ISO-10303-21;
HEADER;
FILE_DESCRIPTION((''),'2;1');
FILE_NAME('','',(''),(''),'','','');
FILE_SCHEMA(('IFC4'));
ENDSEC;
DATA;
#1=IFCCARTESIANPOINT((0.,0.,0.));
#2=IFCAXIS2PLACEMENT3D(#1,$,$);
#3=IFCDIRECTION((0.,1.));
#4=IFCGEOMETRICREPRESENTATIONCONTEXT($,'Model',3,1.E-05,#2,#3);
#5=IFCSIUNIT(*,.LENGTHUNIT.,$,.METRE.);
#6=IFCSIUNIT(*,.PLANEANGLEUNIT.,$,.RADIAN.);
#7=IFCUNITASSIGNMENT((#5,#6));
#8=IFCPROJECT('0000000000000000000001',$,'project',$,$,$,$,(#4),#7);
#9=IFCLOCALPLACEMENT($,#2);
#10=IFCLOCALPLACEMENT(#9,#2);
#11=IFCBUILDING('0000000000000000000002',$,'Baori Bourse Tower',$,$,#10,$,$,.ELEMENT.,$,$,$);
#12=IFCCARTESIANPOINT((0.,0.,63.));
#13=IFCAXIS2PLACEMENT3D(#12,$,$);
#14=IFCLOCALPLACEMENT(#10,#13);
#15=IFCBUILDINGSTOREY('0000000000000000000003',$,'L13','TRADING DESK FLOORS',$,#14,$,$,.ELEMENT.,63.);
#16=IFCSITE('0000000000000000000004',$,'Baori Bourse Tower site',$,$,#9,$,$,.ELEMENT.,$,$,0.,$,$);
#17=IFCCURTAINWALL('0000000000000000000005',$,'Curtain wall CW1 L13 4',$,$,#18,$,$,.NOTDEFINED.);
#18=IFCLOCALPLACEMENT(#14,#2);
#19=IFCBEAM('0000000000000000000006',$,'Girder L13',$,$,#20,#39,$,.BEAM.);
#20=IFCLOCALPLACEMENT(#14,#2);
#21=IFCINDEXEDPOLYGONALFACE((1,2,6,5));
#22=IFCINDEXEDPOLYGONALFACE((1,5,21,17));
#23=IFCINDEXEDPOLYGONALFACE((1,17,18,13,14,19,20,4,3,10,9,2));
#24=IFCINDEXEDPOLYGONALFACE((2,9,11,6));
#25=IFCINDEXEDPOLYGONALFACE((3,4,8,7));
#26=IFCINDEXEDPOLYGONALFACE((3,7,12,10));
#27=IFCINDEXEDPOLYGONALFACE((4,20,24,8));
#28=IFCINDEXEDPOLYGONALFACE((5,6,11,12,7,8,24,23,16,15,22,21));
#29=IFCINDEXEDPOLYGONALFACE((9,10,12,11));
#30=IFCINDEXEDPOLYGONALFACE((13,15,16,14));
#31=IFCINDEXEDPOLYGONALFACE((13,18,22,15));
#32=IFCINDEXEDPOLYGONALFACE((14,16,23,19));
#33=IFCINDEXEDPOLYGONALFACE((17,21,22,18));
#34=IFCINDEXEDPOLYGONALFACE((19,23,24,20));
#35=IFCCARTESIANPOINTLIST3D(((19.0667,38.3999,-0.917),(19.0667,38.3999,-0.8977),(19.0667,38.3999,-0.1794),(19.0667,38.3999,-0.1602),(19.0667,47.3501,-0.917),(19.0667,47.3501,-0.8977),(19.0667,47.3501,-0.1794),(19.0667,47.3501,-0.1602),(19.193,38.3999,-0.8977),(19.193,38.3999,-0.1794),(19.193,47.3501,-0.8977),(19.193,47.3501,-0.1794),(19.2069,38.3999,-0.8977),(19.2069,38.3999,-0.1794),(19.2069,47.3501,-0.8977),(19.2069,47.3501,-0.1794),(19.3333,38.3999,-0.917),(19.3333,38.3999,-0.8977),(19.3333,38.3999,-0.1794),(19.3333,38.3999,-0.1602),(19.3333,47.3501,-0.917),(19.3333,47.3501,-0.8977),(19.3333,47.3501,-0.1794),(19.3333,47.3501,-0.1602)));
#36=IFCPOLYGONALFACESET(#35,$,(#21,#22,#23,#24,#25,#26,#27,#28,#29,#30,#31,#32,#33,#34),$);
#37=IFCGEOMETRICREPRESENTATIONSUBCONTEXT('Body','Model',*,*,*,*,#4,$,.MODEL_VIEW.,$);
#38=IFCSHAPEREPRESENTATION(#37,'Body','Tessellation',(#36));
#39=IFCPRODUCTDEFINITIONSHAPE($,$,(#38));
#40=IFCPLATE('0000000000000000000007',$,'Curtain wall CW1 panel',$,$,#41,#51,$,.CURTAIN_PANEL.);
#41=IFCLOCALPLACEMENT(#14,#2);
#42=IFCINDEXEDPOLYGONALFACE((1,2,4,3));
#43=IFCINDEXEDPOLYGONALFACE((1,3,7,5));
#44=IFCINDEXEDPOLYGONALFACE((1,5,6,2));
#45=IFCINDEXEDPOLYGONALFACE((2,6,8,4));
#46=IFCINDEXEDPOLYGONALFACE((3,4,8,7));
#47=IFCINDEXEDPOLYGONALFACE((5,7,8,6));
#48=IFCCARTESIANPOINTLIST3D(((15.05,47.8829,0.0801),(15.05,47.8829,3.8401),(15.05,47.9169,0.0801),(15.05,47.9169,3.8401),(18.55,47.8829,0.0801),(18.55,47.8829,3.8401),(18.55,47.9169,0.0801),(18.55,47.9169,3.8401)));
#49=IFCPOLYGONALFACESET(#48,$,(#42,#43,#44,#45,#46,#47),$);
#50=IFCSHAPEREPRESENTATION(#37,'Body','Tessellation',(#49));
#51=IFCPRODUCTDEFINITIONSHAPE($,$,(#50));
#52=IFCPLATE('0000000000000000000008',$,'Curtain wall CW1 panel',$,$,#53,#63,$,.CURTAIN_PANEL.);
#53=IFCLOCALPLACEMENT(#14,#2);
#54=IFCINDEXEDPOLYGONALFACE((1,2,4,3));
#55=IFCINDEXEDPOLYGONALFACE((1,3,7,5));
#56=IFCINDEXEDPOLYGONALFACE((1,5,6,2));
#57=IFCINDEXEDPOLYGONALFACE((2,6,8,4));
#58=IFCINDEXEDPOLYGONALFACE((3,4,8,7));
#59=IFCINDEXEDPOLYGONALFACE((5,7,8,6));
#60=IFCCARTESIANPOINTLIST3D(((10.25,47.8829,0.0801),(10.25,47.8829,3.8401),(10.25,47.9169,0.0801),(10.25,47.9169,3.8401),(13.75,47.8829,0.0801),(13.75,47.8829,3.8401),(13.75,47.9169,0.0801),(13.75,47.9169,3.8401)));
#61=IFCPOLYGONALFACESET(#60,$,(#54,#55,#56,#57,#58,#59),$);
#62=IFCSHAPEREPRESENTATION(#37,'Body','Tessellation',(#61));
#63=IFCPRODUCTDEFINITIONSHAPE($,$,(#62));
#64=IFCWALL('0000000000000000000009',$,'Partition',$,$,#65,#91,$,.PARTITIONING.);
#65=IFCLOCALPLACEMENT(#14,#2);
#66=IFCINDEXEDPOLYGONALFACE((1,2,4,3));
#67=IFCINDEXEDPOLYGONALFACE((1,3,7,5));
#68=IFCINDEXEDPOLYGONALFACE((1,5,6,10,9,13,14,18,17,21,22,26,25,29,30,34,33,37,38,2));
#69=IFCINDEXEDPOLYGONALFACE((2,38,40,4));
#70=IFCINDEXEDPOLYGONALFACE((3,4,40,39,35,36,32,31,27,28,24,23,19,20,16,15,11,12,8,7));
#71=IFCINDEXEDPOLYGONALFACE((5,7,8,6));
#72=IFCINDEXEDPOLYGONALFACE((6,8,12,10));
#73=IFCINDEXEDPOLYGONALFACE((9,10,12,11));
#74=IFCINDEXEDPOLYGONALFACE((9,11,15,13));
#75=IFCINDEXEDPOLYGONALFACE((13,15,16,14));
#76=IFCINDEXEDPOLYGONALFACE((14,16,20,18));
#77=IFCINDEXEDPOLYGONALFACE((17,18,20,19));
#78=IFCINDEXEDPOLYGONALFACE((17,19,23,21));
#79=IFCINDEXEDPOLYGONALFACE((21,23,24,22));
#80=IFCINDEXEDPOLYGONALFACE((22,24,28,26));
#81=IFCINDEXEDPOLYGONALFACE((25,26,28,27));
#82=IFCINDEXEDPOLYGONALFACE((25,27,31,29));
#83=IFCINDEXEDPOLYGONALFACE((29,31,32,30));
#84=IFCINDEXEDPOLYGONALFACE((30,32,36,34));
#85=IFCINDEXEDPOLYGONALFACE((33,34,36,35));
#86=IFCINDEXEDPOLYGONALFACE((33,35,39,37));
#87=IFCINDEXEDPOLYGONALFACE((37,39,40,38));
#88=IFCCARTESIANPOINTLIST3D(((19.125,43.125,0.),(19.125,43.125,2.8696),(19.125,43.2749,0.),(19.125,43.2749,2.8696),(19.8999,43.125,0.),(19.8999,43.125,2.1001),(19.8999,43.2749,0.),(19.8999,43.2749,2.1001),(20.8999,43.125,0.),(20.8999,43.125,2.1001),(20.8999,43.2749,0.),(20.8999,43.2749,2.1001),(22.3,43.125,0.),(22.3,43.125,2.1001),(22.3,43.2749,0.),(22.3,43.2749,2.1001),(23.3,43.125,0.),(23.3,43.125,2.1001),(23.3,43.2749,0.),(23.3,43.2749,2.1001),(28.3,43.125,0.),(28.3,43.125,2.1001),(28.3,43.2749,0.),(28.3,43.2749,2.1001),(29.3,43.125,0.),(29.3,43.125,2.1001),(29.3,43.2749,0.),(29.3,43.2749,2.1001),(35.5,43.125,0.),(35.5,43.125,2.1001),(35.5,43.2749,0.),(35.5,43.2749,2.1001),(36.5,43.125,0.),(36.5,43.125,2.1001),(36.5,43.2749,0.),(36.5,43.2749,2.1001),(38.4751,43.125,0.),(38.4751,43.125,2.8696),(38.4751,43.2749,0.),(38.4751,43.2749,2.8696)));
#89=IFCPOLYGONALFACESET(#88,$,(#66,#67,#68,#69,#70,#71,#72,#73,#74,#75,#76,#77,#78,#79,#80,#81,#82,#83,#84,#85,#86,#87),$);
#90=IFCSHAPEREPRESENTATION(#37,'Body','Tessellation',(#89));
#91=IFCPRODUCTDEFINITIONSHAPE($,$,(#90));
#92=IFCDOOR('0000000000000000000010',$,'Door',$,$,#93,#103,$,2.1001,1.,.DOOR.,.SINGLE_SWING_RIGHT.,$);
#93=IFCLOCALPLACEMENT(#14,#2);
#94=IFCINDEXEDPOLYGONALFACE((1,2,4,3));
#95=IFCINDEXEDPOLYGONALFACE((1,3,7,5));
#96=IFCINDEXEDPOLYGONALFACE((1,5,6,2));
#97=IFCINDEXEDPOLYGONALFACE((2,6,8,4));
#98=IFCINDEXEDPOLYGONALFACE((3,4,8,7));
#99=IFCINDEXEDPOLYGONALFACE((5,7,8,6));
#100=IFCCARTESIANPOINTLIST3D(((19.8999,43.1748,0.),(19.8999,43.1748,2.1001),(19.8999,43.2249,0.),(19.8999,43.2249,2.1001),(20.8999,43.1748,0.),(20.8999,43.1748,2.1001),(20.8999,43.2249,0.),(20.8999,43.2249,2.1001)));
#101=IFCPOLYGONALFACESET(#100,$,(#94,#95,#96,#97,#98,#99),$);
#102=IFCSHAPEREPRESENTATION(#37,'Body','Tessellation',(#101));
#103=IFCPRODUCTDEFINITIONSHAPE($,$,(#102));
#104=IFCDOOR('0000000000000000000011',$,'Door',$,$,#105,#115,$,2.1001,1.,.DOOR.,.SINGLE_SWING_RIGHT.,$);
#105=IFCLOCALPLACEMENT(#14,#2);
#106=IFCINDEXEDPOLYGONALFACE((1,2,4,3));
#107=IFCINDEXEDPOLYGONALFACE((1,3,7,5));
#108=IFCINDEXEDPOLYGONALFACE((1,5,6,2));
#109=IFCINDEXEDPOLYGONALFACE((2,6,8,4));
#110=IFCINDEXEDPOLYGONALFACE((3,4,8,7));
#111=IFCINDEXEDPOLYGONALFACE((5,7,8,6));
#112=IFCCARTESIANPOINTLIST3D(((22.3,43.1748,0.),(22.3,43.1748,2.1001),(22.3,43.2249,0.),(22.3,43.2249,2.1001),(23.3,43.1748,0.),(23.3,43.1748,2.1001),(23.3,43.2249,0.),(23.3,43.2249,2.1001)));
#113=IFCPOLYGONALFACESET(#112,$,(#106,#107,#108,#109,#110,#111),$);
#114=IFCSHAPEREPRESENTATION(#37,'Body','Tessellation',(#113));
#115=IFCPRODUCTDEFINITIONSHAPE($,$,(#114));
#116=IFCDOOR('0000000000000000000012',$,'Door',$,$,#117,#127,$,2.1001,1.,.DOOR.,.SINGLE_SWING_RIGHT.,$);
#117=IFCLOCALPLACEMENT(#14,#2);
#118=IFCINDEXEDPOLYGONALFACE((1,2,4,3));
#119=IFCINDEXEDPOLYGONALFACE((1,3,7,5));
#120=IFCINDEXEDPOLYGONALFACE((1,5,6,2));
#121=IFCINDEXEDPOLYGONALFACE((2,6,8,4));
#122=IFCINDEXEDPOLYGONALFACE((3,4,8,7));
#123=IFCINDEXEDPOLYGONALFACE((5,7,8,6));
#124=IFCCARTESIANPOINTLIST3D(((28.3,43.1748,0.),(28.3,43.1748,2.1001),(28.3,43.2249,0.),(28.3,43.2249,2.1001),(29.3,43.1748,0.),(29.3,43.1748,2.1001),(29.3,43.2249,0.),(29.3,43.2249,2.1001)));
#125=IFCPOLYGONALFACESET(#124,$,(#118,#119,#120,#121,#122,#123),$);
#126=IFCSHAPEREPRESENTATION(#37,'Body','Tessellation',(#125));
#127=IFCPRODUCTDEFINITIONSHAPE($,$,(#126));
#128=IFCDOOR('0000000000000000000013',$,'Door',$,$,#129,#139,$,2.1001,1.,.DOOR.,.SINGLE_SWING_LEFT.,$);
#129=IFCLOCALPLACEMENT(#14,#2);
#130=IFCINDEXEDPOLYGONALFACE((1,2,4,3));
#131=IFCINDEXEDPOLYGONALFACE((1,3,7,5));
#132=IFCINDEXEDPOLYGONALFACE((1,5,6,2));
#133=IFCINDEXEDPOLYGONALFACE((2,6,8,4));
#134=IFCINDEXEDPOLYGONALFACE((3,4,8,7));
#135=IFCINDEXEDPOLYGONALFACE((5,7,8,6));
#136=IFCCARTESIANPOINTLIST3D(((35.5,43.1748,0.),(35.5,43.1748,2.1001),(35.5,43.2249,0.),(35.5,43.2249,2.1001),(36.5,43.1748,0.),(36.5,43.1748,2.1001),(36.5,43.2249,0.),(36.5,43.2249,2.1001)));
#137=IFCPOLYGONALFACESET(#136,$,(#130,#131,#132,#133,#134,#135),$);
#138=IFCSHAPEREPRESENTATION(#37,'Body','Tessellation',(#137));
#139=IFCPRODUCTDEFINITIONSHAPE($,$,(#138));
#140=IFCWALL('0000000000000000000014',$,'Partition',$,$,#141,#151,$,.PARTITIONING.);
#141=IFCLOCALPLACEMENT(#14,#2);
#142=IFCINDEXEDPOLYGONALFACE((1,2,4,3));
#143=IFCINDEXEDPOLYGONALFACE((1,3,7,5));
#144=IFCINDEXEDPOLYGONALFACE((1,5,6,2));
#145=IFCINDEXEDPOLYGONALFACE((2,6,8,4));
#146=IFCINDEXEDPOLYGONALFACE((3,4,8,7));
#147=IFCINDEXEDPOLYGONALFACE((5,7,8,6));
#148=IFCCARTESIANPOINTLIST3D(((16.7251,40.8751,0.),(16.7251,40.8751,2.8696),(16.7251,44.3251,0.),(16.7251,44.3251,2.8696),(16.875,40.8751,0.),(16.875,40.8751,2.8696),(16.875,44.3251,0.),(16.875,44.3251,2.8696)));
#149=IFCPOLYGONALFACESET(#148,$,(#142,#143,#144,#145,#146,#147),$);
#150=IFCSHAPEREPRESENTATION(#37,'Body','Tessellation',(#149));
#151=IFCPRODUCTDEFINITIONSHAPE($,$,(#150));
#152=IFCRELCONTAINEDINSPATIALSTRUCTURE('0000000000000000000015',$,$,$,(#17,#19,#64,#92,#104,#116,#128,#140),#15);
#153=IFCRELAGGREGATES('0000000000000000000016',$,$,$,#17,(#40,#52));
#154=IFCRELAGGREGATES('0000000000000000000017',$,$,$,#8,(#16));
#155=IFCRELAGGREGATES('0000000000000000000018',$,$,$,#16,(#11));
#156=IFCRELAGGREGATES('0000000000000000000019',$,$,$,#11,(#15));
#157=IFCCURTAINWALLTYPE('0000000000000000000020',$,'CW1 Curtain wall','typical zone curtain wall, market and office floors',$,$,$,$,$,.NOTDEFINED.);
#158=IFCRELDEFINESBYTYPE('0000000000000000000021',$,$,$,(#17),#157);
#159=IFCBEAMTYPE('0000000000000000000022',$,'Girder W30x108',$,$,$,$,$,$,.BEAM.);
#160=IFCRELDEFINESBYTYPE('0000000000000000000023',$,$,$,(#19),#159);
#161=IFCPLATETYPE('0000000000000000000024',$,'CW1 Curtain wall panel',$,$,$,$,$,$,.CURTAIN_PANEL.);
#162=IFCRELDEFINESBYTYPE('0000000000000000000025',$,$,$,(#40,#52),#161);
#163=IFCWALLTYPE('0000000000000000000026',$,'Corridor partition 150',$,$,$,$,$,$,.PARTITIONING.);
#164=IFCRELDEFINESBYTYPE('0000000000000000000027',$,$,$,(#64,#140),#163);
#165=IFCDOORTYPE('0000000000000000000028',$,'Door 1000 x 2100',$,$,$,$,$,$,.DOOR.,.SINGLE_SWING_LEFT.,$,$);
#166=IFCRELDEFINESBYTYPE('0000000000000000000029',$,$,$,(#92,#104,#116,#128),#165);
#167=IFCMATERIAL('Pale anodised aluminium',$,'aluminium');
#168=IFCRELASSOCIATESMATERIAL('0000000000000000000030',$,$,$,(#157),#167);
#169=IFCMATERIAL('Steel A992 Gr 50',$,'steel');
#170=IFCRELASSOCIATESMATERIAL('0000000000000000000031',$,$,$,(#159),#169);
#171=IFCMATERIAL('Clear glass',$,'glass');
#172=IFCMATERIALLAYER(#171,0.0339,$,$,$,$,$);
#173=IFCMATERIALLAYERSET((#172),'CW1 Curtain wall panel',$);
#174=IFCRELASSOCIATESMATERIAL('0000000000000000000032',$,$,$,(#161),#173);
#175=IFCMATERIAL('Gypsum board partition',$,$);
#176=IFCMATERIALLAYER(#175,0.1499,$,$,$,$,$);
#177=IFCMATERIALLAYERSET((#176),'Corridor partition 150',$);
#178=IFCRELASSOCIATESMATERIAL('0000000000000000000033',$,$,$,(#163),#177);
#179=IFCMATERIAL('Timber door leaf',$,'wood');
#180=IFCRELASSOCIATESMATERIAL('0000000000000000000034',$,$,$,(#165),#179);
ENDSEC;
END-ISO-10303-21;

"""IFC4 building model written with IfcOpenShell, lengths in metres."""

from ifc_helpers import new_model, si_unit, direction, frame, frame_2d, origin, origin_2d, place, context, subcontext, project, spatial, rectangle, i_section, extrude, material, layer, layer_set, material_profile, profile_set, type_object, element, fill, aggregate, save


model = new_model("IFC4")

# Units and contexts
model_context = context("Model", 3, precision=1e-05, world=origin(), true_north=direction((0.0, 1.0)))
body_context = subcontext(model_context, "Body", "Model", "MODEL_VIEW")
ifc_project = project(units=[si_unit("LENGTHUNIT", "METRE"), si_unit("PLANEANGLEUNIT", "RADIAN")], contexts=[model_context])

# Site, building, storey
site_placement = place(None, origin())
site = spatial("IfcSite", under=ifc_project, at=site_placement, Name="Baori Bourse Tower site", CompositionType="ELEMENT", RefElevation=0.0)
building_placement = place(site_placement, origin())
building = spatial("IfcBuilding", under=site, at=building_placement, Name="Baori Bourse Tower", CompositionType="ELEMENT")
storey_placement = place(building_placement, frame((0.0, 0.0, 63.0)))
storey = spatial("IfcBuildingStorey", under=building, at=storey_placement, Name="L13", Description="TRADING DESK FLOORS", CompositionType="ELEMENT", Elevation=63.0)

# Curtain wall
ifc_material_1 = material(Name="Pale anodised aluminium", Category="aluminium")
curtain_wall_type = type_object("IfcCurtainWallType", Name="CW1 Curtain wall", Description="typical zone curtain wall, market and office floors", PredefinedType="NOTDEFINED", material=ifc_material_1)
curtain_wall_placement = place(storey_placement, origin())
curtain_wall = element("IfcCurtainWall", 1, at=curtain_wall_placement, inside=storey, type_object=curtain_wall_type, Name="Curtain wall CW1 L13 4", PredefinedType="NOTDEFINED")

# Beam
ifc_material_2 = material(Name="Steel A992 Gr 50", Category="steel")
ifc_material_profile_1 = material_profile(ifc_material_2, i_section(OverallWidth=0.2666, OverallDepth=0.7568, WebThickness=0.0139, FlangeThickness=0.0193, at=origin_2d()), Name="W30x108")
ifc_profile_set_1 = profile_set([ifc_material_profile_1], Name="Steel A992 Gr 50")
beam_type_1 = type_object("IfcBeamType", Name="Girder W30x108", PredefinedType="BEAM", material=ifc_profile_set_1)
beam_1_placement = place(storey_placement, frame((19.2, 38.3999, -0.5386), z_axis=(0.0, 1.0, 0.0), x_axis=(-1.0, 0.0, 0.0)))
element("IfcBeam", 2, at=beam_1_placement, inside=storey, type_object=beam_type_1, Name="Girder L13", PredefinedType="BEAM", context=body_context, shape_type="SweptSolid", body=[
    extrude(i_section(OverallWidth=0.2666, OverallDepth=0.7568, WebThickness=0.0139, FlangeThickness=0.0193, at=origin_2d()), origin(), (0.0, 0.0, 1.0), 8.9502),
])

# Plates
ifc_material_3 = material(Name="Clear glass", Category="glass")
ifc_layer_1 = layer(ifc_material_3, 0.0339)
ifc_layer_set_1 = layer_set([ifc_layer_1], Name="CW1 Curtain wall panel")
plate_type = type_object("IfcPlateType", Name="CW1 Curtain wall panel", PredefinedType="CURTAIN_PANEL", material=ifc_layer_set_1)
plate_1_placement = place(storey_placement, frame((16.8, 47.8999, 0.0801), z_axis=(0.0, 0.0, 1.0), x_axis=(-1.0, 0.0, 0.0)))
plate_1 = element("IfcPlate", 3, at=plate_1_placement, type_object=plate_type, Name="Curtain wall CW1 panel", PredefinedType="CURTAIN_PANEL", context=body_context, shape_type="SweptSolid", body=[
    extrude(rectangle(XDim=3.5, YDim=0.0339, at=origin_2d()), origin(), (0.0, 0.0, 1.0), 3.76),
])
plate_2_placement = place(storey_placement, frame((12.0, 47.8999, 0.0801), z_axis=(0.0, 0.0, 1.0), x_axis=(-1.0, 0.0, 0.0)))
plate_2 = element("IfcPlate", 4, at=plate_2_placement, type_object=plate_type, Name="Curtain wall CW1 panel", PredefinedType="CURTAIN_PANEL", context=body_context, shape_type="SweptSolid", body=[
    extrude(rectangle(XDim=3.5, YDim=0.0339, at=origin_2d()), origin(), (0.0, 0.0, 1.0), 3.76),
])
aggregate(curtain_wall, [plate_1, plate_2])

# Wall, openings, doors
ifc_material_4 = material(Name="Gypsum board partition")
ifc_layer_2 = layer(ifc_material_4, 0.1499)
ifc_layer_set_2 = layer_set([ifc_layer_2], Name="Corridor partition 150")
wall_type_1 = type_object("IfcWallType", Name="Corridor partition 150", PredefinedType="PARTITIONING", material=ifc_layer_set_2)
wall_1_placement = place(storey_placement, frame((19.125, 43.2, 0.0), z_axis=(0.0, 0.0, 1.0), x_axis=(1.0, 0.0, 0.0)))
wall_1 = element("IfcWall", 5, at=wall_1_placement, inside=storey, type_object=wall_type_1, Name="Partition", PredefinedType="PARTITIONING", context=body_context, shape_type="SweptSolid", body=[
    extrude(rectangle(XDim=19.3501, YDim=0.1499, at=frame_2d((9.675, 0.0))), origin(), (0.0, 0.0, 1.0), 2.8696),
])
opening_1_placement = place(wall_1_placement, frame((0.7749, 0.0, 0.0)))
opening_1 = element("IfcOpeningElement", 6, at=opening_1_placement, cuts=wall_1, PredefinedType="OPENING", context=body_context, shape_type="SweptSolid", body=[
    extrude(rectangle(XDim=1.0, YDim=2.1001, at=frame_2d((0.5, 1.05))), frame((0.0, 0.085, 0.0), z_axis=(0.0, -1.0, 0.0), x_axis=(1.0, 0.0, 0.0)), (0.0, 0.0, 1.0), 0.1699),
])
opening_2_placement = place(wall_1_placement, frame((3.175, 0.0, 0.0)))
opening_2 = element("IfcOpeningElement", 7, at=opening_2_placement, cuts=wall_1, PredefinedType="OPENING", context=body_context, shape_type="SweptSolid", body=[
    extrude(rectangle(XDim=1.0, YDim=2.1001, at=frame_2d((0.5, 1.05))), frame((0.0, 0.085, 0.0), z_axis=(0.0, -1.0, 0.0), x_axis=(1.0, 0.0, 0.0)), (0.0, 0.0, 1.0), 0.1699),
])
opening_3_placement = place(wall_1_placement, frame((9.175, 0.0, 0.0)))
opening_3 = element("IfcOpeningElement", 8, at=opening_3_placement, cuts=wall_1, PredefinedType="OPENING", context=body_context, shape_type="SweptSolid", body=[
    extrude(rectangle(XDim=1.0, YDim=2.1001, at=frame_2d((0.5, 1.05))), frame((0.0, 0.085, 0.0), z_axis=(0.0, -1.0, 0.0), x_axis=(1.0, 0.0, 0.0)), (0.0, 0.0, 1.0), 0.1699),
])
opening_4_placement = place(wall_1_placement, frame((16.375, 0.0, 0.0)))
opening_4 = element("IfcOpeningElement", 9, at=opening_4_placement, cuts=wall_1, PredefinedType="OPENING", context=body_context, shape_type="SweptSolid", body=[
    extrude(rectangle(XDim=1.0, YDim=2.1001, at=frame_2d((0.5, 1.05))), frame((0.0, 0.085, 0.0), z_axis=(0.0, -1.0, 0.0), x_axis=(1.0, 0.0, 0.0)), (0.0, 0.0, 1.0), 0.1699),
])
ifc_material_5 = material(Name="Timber door leaf", Category="wood")
door_type = type_object("IfcDoorType", Name="Door 1000 x 2100", OperationType="SINGLE_SWING_LEFT", PredefinedType="DOOR", material=ifc_material_5)
door_1_placement = place(opening_1_placement, origin())
door_1 = element("IfcDoor", 10, at=door_1_placement, inside=storey, type_object=door_type, Name="Door", OperationType="SINGLE_SWING_RIGHT", OverallHeight=2.1001, OverallWidth=1.0, PredefinedType="DOOR", context=body_context, shape_type="SweptSolid", body=[
    extrude(rectangle(XDim=1.0, YDim=2.1001, at=frame_2d((0.5, 1.05))), frame((0.0, 0.0249, 0.0), z_axis=(0.0, -1.0, 0.0), x_axis=(1.0, 0.0, 0.0)), (0.0, 0.0, 1.0), 0.05),
])
fill(opening_1, door_1)
door_2_placement = place(opening_2_placement, origin())
door_2 = element("IfcDoor", 11, at=door_2_placement, inside=storey, type_object=door_type, Name="Door", OperationType="SINGLE_SWING_RIGHT", OverallHeight=2.1001, OverallWidth=1.0, PredefinedType="DOOR", context=body_context, shape_type="SweptSolid", body=[
    extrude(rectangle(XDim=1.0, YDim=2.1001, at=frame_2d((0.5, 1.05))), frame((0.0, 0.0249, 0.0), z_axis=(0.0, -1.0, 0.0), x_axis=(1.0, 0.0, 0.0)), (0.0, 0.0, 1.0), 0.05),
])
fill(opening_2, door_2)
door_3_placement = place(opening_3_placement, origin())
door_3 = element("IfcDoor", 12, at=door_3_placement, inside=storey, type_object=door_type, Name="Door", OperationType="SINGLE_SWING_RIGHT", OverallHeight=2.1001, OverallWidth=1.0, PredefinedType="DOOR", context=body_context, shape_type="SweptSolid", body=[
    extrude(rectangle(XDim=1.0, YDim=2.1001, at=frame_2d((0.5, 1.05))), frame((0.0, 0.0249, 0.0), z_axis=(0.0, -1.0, 0.0), x_axis=(1.0, 0.0, 0.0)), (0.0, 0.0, 1.0), 0.05),
])
fill(opening_3, door_3)
door_4_placement = place(opening_4_placement, origin())
door_4 = element("IfcDoor", 13, at=door_4_placement, inside=storey, type_object=door_type, Name="Door", OperationType="SINGLE_SWING_LEFT", OverallHeight=2.1001, OverallWidth=1.0, PredefinedType="DOOR", context=body_context, shape_type="SweptSolid", body=[
    extrude(rectangle(XDim=1.0, YDim=2.1001, at=frame_2d((0.5, 1.05))), frame((0.0, 0.0249, 0.0), z_axis=(0.0, -1.0, 0.0), x_axis=(1.0, 0.0, 0.0)), (0.0, 0.0, 1.0), 0.05),
])
fill(opening_4, door_4)

# Wall
wall_2_placement = place(storey_placement, frame((16.8, 40.875, 0.0), z_axis=(0.0, 0.0, 1.0), x_axis=(0.0, 1.0, 0.0)))
element("IfcWall", 14, at=wall_2_placement, inside=storey, type_object=wall_type_1, Name="Partition", PredefinedType="PARTITIONING", context=body_context, shape_type="SweptSolid", body=[
    extrude(rectangle(XDim=3.45, YDim=0.1499, at=frame_2d((1.7251, 0.0))), origin(), (0.0, 0.0, 1.0), 2.8696),
])

save(model, "model.ifc")
